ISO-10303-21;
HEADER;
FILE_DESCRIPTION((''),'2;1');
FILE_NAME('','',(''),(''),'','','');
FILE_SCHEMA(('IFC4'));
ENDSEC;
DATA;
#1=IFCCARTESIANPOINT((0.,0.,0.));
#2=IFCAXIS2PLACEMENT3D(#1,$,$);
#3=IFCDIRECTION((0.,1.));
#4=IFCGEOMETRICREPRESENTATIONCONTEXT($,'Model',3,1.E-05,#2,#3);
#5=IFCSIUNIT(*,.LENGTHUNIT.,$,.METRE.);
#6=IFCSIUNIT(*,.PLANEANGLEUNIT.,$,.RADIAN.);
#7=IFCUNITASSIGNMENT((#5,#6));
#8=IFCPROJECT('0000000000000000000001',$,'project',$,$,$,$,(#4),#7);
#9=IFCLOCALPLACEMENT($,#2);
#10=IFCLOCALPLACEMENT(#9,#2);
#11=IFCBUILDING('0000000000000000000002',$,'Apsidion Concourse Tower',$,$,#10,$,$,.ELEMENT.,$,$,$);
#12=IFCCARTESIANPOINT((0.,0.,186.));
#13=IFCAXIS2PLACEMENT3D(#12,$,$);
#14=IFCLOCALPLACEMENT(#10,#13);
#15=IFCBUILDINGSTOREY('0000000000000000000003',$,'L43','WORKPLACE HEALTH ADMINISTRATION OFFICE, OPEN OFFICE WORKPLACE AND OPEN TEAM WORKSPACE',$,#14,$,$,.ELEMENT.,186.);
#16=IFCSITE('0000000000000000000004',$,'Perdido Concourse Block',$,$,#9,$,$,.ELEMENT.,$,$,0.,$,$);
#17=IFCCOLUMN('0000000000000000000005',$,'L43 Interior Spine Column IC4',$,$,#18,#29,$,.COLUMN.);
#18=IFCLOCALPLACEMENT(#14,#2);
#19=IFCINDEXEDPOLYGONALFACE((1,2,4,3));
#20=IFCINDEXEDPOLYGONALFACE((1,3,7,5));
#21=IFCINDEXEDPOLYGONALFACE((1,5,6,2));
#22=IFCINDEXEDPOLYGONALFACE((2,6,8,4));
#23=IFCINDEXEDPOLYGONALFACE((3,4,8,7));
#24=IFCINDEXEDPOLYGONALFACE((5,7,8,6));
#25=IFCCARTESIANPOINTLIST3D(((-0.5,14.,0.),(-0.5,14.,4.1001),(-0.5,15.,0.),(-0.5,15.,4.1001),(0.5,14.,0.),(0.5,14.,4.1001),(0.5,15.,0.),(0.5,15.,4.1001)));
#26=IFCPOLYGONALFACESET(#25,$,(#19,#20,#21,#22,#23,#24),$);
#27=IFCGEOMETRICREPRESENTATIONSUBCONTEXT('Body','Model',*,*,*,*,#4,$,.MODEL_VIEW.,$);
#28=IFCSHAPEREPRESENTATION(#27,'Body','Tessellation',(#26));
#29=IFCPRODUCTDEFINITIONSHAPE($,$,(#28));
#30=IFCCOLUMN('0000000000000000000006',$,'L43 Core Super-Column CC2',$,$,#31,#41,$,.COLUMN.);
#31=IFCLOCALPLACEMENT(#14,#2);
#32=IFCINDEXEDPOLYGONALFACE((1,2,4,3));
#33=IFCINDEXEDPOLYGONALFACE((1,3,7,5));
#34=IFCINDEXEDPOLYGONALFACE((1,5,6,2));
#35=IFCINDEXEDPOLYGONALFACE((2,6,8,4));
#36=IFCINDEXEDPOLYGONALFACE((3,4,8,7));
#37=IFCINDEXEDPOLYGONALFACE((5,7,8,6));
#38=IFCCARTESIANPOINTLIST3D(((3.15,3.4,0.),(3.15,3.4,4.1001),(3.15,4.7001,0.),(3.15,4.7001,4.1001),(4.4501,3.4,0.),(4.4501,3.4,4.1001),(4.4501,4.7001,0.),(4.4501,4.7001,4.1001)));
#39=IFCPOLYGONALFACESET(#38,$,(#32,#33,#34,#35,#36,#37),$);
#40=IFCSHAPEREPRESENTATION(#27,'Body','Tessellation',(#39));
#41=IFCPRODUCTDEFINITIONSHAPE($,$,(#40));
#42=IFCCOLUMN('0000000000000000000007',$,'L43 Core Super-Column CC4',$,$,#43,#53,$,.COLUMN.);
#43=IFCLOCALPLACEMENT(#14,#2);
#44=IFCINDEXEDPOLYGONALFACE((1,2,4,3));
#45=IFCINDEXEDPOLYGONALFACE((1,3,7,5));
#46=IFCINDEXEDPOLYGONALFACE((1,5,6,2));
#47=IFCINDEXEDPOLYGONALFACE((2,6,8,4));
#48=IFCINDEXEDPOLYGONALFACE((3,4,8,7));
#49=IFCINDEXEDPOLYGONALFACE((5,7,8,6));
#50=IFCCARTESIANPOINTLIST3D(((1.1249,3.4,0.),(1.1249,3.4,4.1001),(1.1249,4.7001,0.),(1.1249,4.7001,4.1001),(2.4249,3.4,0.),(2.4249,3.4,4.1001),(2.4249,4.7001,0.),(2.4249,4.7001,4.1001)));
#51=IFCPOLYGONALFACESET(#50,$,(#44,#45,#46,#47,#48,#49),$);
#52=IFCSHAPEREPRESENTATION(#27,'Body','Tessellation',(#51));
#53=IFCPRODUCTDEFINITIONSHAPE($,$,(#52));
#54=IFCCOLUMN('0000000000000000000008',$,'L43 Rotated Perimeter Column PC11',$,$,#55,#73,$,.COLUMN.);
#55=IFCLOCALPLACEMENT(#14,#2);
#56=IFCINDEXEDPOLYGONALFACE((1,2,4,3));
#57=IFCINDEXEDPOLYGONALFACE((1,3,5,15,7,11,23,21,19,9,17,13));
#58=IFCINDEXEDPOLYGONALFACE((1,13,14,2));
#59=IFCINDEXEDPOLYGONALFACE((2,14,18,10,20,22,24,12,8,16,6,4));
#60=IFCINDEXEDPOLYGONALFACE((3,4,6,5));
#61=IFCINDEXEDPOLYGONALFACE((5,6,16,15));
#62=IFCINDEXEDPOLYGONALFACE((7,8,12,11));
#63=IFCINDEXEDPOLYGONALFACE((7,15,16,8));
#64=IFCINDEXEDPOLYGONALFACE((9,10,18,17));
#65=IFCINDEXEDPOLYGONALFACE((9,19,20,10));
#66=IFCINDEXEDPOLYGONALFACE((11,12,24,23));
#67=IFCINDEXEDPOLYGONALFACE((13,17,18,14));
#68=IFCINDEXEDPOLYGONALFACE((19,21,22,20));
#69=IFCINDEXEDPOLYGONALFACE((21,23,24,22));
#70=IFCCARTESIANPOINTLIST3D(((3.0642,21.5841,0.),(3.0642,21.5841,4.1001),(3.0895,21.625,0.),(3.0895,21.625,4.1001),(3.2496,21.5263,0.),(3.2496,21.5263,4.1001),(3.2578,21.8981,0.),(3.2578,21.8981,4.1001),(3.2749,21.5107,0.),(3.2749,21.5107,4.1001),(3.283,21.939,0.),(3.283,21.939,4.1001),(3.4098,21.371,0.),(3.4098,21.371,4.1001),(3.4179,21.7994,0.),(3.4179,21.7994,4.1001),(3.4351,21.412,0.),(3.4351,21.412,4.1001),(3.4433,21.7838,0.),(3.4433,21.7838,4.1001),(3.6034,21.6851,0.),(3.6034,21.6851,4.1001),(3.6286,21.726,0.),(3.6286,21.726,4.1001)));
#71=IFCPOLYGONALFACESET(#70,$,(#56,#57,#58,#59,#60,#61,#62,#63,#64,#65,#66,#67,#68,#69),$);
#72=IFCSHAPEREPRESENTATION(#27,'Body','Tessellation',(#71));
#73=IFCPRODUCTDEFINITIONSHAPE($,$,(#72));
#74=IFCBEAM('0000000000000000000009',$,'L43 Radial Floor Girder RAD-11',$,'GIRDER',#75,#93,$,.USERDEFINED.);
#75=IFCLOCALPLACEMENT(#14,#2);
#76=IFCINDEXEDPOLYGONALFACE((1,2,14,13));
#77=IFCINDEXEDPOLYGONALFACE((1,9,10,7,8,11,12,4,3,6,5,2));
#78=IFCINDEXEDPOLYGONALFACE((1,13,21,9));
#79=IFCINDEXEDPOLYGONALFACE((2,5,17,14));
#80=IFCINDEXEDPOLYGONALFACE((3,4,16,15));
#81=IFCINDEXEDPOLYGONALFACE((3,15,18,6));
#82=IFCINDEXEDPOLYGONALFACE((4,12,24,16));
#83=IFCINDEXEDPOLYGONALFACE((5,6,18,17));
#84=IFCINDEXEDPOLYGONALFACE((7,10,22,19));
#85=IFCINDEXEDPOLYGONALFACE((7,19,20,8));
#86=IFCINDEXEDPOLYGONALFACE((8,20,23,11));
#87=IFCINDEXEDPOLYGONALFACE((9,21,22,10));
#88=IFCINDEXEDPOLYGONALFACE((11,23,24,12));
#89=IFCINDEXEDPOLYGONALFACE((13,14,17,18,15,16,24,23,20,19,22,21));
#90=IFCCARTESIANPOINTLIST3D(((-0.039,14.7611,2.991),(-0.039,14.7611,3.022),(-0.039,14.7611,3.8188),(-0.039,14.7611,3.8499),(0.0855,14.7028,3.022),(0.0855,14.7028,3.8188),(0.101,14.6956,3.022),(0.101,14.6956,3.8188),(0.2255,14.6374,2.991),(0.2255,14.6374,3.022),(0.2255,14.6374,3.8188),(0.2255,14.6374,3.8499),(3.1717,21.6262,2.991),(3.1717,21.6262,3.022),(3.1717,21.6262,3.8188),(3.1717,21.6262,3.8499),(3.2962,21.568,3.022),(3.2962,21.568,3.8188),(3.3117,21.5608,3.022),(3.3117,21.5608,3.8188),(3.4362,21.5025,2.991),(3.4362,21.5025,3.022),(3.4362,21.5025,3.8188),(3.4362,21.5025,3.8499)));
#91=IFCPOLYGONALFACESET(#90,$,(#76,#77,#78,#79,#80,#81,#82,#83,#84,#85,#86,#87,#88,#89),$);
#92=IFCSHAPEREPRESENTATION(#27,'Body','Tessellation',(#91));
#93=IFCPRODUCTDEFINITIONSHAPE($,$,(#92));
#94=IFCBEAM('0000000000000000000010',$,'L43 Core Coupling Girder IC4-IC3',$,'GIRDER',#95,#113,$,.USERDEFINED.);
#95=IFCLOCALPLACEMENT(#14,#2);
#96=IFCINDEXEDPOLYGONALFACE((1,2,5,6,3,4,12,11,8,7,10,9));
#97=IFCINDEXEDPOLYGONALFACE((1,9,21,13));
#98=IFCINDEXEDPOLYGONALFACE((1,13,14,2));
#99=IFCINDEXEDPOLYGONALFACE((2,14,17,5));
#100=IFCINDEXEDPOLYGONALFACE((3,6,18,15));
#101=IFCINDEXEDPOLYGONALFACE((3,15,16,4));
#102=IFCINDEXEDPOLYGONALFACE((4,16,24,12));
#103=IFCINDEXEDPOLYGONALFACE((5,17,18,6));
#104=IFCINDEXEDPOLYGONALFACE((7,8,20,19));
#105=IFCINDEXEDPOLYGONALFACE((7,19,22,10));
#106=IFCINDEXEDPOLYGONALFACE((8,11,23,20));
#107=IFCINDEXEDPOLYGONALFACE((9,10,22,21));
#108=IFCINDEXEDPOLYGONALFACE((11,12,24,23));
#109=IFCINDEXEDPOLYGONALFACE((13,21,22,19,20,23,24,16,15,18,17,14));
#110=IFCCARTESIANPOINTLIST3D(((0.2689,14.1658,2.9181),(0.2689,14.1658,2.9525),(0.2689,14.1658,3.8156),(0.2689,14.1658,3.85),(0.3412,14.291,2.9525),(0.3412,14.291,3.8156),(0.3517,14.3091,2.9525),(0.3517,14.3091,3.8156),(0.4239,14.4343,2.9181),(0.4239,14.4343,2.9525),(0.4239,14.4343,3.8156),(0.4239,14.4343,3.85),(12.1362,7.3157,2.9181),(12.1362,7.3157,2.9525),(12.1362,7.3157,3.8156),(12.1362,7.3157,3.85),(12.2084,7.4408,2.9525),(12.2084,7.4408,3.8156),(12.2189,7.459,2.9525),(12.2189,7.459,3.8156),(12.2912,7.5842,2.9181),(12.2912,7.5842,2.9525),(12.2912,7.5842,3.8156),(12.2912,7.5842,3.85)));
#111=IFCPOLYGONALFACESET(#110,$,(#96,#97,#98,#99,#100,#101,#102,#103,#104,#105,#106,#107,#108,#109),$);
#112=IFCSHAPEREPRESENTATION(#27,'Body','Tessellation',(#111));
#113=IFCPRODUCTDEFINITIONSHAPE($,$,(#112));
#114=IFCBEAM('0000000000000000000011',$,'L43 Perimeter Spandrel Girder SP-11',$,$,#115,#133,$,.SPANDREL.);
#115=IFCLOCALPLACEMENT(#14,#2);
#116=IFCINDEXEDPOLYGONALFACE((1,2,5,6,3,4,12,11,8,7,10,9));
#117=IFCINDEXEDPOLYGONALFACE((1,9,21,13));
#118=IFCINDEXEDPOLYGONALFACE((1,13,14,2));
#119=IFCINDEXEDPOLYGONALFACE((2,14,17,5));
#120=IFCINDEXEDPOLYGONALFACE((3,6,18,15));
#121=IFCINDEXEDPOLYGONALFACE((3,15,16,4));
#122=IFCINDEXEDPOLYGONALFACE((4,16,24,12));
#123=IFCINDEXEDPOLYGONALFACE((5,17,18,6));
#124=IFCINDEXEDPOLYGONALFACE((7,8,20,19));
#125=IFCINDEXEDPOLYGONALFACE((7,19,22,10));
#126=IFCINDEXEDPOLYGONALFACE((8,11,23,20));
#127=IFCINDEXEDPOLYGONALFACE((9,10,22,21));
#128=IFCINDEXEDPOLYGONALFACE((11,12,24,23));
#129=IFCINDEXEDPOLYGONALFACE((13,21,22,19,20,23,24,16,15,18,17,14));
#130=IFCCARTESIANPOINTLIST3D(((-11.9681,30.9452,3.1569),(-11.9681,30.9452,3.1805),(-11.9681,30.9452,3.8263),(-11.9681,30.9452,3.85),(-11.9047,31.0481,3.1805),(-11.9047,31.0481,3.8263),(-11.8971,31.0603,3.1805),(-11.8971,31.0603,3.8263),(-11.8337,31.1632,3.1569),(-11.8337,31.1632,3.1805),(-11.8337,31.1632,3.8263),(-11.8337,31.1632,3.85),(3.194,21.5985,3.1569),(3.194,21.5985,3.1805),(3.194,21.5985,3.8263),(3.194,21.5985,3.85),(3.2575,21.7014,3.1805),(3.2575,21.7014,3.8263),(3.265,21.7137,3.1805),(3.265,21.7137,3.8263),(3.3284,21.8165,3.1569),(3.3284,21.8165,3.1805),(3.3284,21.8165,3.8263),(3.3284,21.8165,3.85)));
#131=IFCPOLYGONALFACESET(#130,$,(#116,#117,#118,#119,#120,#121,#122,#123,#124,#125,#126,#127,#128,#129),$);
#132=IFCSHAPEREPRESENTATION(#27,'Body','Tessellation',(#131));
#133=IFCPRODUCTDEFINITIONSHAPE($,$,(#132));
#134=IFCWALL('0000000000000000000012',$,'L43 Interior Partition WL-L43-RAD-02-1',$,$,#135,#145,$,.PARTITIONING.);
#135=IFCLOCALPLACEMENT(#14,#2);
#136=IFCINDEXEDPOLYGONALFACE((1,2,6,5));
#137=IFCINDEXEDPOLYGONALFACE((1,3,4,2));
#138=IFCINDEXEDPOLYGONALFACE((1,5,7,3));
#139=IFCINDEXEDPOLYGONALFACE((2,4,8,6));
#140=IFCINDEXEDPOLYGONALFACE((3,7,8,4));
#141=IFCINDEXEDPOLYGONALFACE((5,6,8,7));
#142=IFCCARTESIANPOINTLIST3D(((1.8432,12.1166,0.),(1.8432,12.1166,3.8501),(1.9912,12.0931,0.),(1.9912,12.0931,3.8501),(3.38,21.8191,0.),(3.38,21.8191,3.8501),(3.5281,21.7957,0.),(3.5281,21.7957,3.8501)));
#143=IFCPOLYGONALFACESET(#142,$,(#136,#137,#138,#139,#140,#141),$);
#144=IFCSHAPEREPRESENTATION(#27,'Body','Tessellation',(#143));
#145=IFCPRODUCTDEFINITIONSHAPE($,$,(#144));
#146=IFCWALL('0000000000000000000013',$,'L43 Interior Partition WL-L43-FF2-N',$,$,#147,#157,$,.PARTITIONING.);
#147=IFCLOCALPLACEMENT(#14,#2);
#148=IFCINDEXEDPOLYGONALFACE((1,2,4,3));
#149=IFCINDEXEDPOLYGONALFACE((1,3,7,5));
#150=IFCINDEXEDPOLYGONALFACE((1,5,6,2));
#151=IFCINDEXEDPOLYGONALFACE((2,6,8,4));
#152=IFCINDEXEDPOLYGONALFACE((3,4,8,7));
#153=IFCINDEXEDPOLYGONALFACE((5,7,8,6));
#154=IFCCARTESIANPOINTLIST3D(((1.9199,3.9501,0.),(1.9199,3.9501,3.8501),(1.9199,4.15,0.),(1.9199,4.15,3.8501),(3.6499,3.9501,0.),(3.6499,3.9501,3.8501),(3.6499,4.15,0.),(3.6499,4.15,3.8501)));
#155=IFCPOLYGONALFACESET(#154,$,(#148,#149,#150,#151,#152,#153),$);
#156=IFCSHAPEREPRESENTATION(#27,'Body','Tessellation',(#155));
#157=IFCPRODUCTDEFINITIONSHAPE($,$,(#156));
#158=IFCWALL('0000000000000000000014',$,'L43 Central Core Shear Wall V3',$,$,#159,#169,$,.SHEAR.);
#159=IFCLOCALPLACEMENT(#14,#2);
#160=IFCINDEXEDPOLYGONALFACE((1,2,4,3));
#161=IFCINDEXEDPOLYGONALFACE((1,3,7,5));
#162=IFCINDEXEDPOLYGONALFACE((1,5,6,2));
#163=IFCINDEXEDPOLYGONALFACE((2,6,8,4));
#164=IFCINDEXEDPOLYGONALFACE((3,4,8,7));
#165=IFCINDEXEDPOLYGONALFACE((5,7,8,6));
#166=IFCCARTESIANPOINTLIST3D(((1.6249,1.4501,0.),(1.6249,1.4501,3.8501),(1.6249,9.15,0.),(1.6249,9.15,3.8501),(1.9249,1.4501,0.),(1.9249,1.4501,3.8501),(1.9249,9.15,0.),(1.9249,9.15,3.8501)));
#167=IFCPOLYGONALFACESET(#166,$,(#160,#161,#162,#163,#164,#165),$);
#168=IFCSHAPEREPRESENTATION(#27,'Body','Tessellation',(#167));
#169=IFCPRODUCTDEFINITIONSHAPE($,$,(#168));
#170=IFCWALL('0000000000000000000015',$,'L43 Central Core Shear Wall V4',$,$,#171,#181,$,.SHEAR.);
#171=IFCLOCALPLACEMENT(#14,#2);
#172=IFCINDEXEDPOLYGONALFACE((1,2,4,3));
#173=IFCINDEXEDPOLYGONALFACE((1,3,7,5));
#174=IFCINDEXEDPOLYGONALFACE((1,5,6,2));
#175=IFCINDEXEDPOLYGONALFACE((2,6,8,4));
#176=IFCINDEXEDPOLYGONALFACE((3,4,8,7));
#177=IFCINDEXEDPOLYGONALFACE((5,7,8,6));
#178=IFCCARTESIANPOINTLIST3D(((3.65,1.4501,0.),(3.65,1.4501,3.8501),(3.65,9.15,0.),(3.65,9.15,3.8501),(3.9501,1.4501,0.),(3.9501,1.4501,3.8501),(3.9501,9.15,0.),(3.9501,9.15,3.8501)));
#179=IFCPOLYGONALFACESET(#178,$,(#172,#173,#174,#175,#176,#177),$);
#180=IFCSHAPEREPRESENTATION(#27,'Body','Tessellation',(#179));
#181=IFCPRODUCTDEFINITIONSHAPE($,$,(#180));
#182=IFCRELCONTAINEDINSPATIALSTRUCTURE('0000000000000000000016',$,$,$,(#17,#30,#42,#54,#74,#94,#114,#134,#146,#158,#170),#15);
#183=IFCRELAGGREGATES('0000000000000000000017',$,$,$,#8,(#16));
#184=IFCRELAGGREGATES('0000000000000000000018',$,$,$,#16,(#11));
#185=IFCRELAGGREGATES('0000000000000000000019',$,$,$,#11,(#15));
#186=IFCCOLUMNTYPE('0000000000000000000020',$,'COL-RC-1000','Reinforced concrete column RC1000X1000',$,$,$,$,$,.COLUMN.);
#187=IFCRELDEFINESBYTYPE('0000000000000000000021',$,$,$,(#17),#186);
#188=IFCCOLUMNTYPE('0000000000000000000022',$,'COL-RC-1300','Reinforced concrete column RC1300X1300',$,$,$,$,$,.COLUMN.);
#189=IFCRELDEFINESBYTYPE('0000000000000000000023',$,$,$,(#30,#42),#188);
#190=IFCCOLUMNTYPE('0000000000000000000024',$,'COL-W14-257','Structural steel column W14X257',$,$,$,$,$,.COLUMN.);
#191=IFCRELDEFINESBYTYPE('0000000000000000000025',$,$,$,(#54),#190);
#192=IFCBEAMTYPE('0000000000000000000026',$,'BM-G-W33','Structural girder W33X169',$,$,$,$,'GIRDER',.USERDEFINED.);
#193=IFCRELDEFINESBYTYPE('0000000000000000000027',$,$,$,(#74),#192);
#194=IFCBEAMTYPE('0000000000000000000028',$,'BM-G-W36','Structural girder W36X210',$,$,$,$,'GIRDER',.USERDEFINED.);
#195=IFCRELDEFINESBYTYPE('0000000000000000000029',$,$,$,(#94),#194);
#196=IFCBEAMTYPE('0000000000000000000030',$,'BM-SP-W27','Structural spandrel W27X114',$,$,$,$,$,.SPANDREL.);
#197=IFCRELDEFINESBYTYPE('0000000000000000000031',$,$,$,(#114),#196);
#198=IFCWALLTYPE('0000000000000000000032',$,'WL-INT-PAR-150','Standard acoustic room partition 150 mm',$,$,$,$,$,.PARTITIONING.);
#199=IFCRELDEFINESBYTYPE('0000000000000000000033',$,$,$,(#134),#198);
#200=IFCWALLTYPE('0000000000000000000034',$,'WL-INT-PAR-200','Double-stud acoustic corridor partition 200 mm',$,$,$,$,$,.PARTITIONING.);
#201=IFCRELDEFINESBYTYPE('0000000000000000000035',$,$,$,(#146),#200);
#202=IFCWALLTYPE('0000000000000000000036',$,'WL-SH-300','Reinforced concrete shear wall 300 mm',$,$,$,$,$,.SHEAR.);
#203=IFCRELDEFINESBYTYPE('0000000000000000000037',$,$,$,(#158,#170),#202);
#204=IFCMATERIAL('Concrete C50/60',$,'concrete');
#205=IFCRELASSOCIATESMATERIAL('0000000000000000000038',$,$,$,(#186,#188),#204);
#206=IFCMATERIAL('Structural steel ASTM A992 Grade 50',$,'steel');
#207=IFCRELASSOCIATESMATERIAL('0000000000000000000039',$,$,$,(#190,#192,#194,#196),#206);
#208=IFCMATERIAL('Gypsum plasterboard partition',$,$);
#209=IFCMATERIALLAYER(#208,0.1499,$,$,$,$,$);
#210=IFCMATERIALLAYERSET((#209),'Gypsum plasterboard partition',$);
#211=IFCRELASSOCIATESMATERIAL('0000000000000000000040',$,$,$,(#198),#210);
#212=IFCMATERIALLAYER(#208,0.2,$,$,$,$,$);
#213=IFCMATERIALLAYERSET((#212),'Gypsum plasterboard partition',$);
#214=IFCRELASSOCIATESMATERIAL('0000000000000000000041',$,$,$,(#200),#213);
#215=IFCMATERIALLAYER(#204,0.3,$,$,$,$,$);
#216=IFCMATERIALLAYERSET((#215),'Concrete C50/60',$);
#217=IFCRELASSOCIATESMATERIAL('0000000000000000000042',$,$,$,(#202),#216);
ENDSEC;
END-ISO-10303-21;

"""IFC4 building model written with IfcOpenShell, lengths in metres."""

from ifc_helpers import new_model, si_unit, direction, frame, frame_2d, origin, origin_2d, place, context, subcontext, project, spatial, rectangle, i_section, extrude, material, layer, layer_set, material_profile, profile_set, type_object, element, save


model = new_model("IFC4")

# Units and contexts
model_context = context("Model", 3, precision=1e-05, world=origin(), true_north=direction((0.0, 1.0)))
body_context = subcontext(model_context, "Body", "Model", "MODEL_VIEW")
ifc_project = project(units=[si_unit("LENGTHUNIT", "METRE"), si_unit("PLANEANGLEUNIT", "RADIAN")], contexts=[model_context])

# Site, building, storey
site_placement = place(None, origin())
site = spatial("IfcSite", under=ifc_project, at=site_placement, Name="Perdido Concourse Block", CompositionType="ELEMENT", RefElevation=0.0)
building_placement = place(site_placement, origin())
building = spatial("IfcBuilding", under=site, at=building_placement, Name="Apsidion Concourse Tower", CompositionType="ELEMENT")
storey_placement = place(building_placement, frame((0.0, 0.0, 186.0)))
storey = spatial("IfcBuildingStorey", under=building, at=storey_placement, Name="L43", Description="WORKPLACE HEALTH ADMINISTRATION OFFICE, OPEN OFFICE WORKPLACE AND OPEN TEAM WORKSPACE", CompositionType="ELEMENT", Elevation=186.0)

# Columns
ifc_material_1 = material(Name="Concrete C50/60", Category="concrete")
ifc_material_profile_1 = material_profile(ifc_material_1, rectangle(XDim=1.0, YDim=1.0, at=origin_2d()), Name="RC 1000x1000")
ifc_profile_set_1 = profile_set([ifc_material_profile_1], Name="Concrete C50/60")
column_type_1 = type_object("IfcColumnType", Name="COL-RC-1000", Description="Reinforced concrete column RC1000X1000", PredefinedType="COLUMN", material=ifc_profile_set_1)
column_1_placement = place(storey_placement, frame((0.0, 14.5, 0.0), z_axis=(0.0, 0.0, 1.0), x_axis=(1.0, 0.0, 0.0)))
element("IfcColumn", 1, at=column_1_placement, inside=storey, type_object=column_type_1, Name="L43 Interior Spine Column IC4", PredefinedType="COLUMN", context=body_context, shape_type="SweptSolid", body=[
    extrude(rectangle(XDim=1.0, YDim=1.0, at=origin_2d()), origin(), (0.0, 0.0, 1.0), 4.1001),
])
ifc_material_profile_2 = material_profile(ifc_material_1, rectangle(XDim=1.3, YDim=1.3, at=origin_2d()), Name="RC 1300x1300")
ifc_profile_set_2 = profile_set([ifc_material_profile_2], Name="Concrete C50/60")
column_type_2 = type_object("IfcColumnType", Name="COL-RC-1300", Description="Reinforced concrete column RC1300X1300", PredefinedType="COLUMN", material=ifc_profile_set_2)
for number, where, z_axis, x_axis, name in (
    (2, (3.8, 4.05, 0.0), (0.0, 0.0, 1.0), (1.0, 0.0, 0.0), "L43 Core Super-Column CC2"),
    (3, (1.7749, 4.05, 0.0), (0.0, 0.0, 1.0), (1.0, 0.0, 0.0), "L43 Core Super-Column CC4"),
):
    element("IfcColumn", number, at=place(storey_placement, frame(where, z_axis=z_axis, x_axis=x_axis)), inside=storey, type_object=column_type_2, Name=name, PredefinedType="COLUMN", context=body_context, shape_type="SweptSolid", body=[
        extrude(rectangle(XDim=1.3, YDim=1.3, at=origin_2d()), origin(), (0.0, 0.0, 1.0), 4.1001),
    ])
ifc_material_2 = material(Name="Structural steel ASTM A992 Grade 50", Category="steel")
ifc_material_profile_3 = material_profile(ifc_material_2, i_section(OverallWidth=0.406, OverallDepth=0.417, WebThickness=0.0298, FlangeThickness=0.0481, at=origin_2d()), Name="W14X257")
ifc_profile_set_3 = profile_set([ifc_material_profile_3], Name="Structural steel ASTM A992 Grade 50")
column_type_3 = type_object("IfcColumnType", Name="COL-W14-257", Description="Structural steel column W14X257", PredefinedType="COLUMN", material=ifc_profile_set_3)
column_2_placement = place(storey_placement, frame((3.3464, 21.655, 0.0), z_axis=(0.0, 0.0, 1.0), x_axis=(-0.851269, 0.524729, 0.0)))
element("IfcColumn", 4, at=column_2_placement, inside=storey, type_object=column_type_3, Name="L43 Rotated Perimeter Column PC11", PredefinedType="COLUMN", context=body_context, shape_type="SweptSolid", body=[
    extrude(i_section(OverallWidth=0.406, OverallDepth=0.417, WebThickness=0.0298, FlangeThickness=0.0481, at=origin_2d()), origin(), (0.0, 0.0, 1.0), 4.1001),
])

# Beams
ifc_material_profile_4 = material_profile(ifc_material_2, i_section(OverallWidth=0.292, OverallDepth=0.8589, WebThickness=0.0171, FlangeThickness=0.031, at=origin_2d()), Name="W33X169")
ifc_profile_set_4 = profile_set([ifc_material_profile_4], Name="Structural steel ASTM A992 Grade 50")
beam_type_1 = type_object("IfcBeamType", Name="BM-G-W33", Description="Structural girder W33X169", ElementType="GIRDER", PredefinedType="USERDEFINED", material=ifc_profile_set_4)
beam_1_placement = place(storey_placement, frame((0.0933, 14.6992, 3.4204), z_axis=(0.423635, 0.905833, 0.0), x_axis=(-0.905833, 0.423635, 0.0)))
element("IfcBeam", 5, at=beam_1_placement, inside=storey, type_object=beam_type_1, Name="L43 Radial Floor Girder RAD-11", ObjectType="GIRDER", PredefinedType="USERDEFINED", context=body_context, shape_type="SweptSolid", body=[
    extrude(i_section(OverallWidth=0.292, OverallDepth=0.8589, WebThickness=0.0171, FlangeThickness=0.031, at=origin_2d()), origin(), (0.0, 0.0, 1.0), 7.5789),
])
ifc_material_profile_5 = material_profile(ifc_material_2, i_section(OverallWidth=0.3101, OverallDepth=0.9319, WebThickness=0.021, FlangeThickness=0.0344, at=origin_2d()), Name="W36X210")
ifc_profile_set_5 = profile_set([ifc_material_profile_5], Name="Structural steel ASTM A992 Grade 50")
beam_type_2 = type_object("IfcBeamType", Name="BM-G-W36", Description="Structural girder W36X210", ElementType="GIRDER", PredefinedType="USERDEFINED", material=ifc_profile_set_5)
beam_2_placement = place(storey_placement, frame((0.3464, 14.3, 3.384), z_axis=(0.86607, -0.499922, 0.0), x_axis=(0.499922, 0.86607, 0.0)))
element("IfcBeam", 6, at=beam_2_placement, inside=storey, type_object=beam_type_2, Name="L43 Core Coupling Girder IC4-IC3", ObjectType="GIRDER", PredefinedType="USERDEFINED", context=body_context, shape_type="SweptSolid", body=[
    extrude(i_section(OverallWidth=0.3101, OverallDepth=0.9319, WebThickness=0.021, FlangeThickness=0.0344, at=origin_2d()), origin(), (0.0, 0.0, 1.0), 13.7024),
])
ifc_material_profile_6 = material_profile(ifc_material_2, i_section(OverallWidth=0.2561, OverallDepth=0.6931, WebThickness=0.0144, FlangeThickness=0.0237, at=origin_2d()), Name="W27X114")
ifc_profile_set_6 = profile_set([ifc_material_profile_6], Name="Structural steel ASTM A992 Grade 50")
beam_type_3 = type_object("IfcBeamType", Name="BM-SP-W27", Description="Structural spandrel W27X114", PredefinedType="SPANDREL", material=ifc_profile_set_6)
beam_3_placement = place(storey_placement, frame((3.2612, 21.7075, 3.5034), z_axis=(-0.851253, 0.524755, 0.0), x_axis=(-0.524755, -0.851253, 0.0)))
element("IfcBeam", 7, at=beam_3_placement, inside=storey, type_object=beam_type_3, Name="L43 Perimeter Spandrel Girder SP-11", PredefinedType="SPANDREL", context=body_context, shape_type="SweptSolid", body=[
    extrude(i_section(OverallWidth=0.2561, OverallDepth=0.6931, WebThickness=0.0144, FlangeThickness=0.0237, at=origin_2d()), origin(), (0.0, 0.0, 1.0), 17.8115),
])

# Walls
ifc_material_3 = material(Name="Gypsum plasterboard partition")
ifc_layer_1 = layer(ifc_material_3, 0.1499)
ifc_layer_set_1 = layer_set([ifc_layer_1], Name="Gypsum plasterboard partition")
wall_type_1 = type_object("IfcWallType", Name="WL-INT-PAR-150", Description="Standard acoustic room partition 150 mm", PredefinedType="PARTITIONING", material=ifc_layer_set_1)
wall_1_placement = place(storey_placement, frame((1.9172, 12.105, 0.0), z_axis=(0.0, 0.0, 1.0), x_axis=(0.156446, 0.987686, 0.0)))
element("IfcWall", 8, at=wall_1_placement, inside=storey, type_object=wall_type_1, Name="L43 Interior Partition WL-L43-RAD-02-1", PredefinedType="PARTITIONING", context=body_context, shape_type="SweptSolid", body=[
    extrude(rectangle(XDim=9.8235, YDim=0.1499, at=frame_2d((4.9116, 0.0))), origin(), (0.0, 0.0, 1.0), 3.8501),
])
ifc_layer_2 = layer(ifc_material_3, 0.2)
ifc_layer_set_2 = layer_set([ifc_layer_2], Name="Gypsum plasterboard partition")
wall_type_2 = type_object("IfcWallType", Name="WL-INT-PAR-200", Description="Double-stud acoustic corridor partition 200 mm", PredefinedType="PARTITIONING", material=ifc_layer_set_2)
wall_2_placement = place(storey_placement, frame((1.9199, 4.05, 0.0), z_axis=(0.0, 0.0, 1.0), x_axis=(1.0, 0.0, 0.0)))
element("IfcWall", 9, at=wall_2_placement, inside=storey, type_object=wall_type_2, Name="L43 Interior Partition WL-L43-FF2-N", PredefinedType="PARTITIONING", context=body_context, shape_type="SweptSolid", body=[
    extrude(rectangle(XDim=1.73, YDim=0.2, at=frame_2d((0.865, 0.0))), origin(), (0.0, 0.0, 1.0), 3.8501),
])
ifc_layer_3 = layer(ifc_material_1, 0.3)
ifc_layer_set_3 = layer_set([ifc_layer_3], Name="Concrete C50/60")
wall_type_3 = type_object("IfcWallType", Name="WL-SH-300", Description="Reinforced concrete shear wall 300 mm", PredefinedType="SHEAR", material=ifc_layer_set_3)
for number, where, z_axis, x_axis, name in (
    (10, (1.7749, 1.45, 0.0), (0.0, 0.0, 1.0), (0.0, 1.0, 0.0), "L43 Central Core Shear Wall V3"),
    (11, (3.8, 1.45, 0.0), (0.0, 0.0, 1.0), (0.0, 1.0, 0.0), "L43 Central Core Shear Wall V4"),
):
    element("IfcWall", number, at=place(storey_placement, frame(where, z_axis=z_axis, x_axis=x_axis)), inside=storey, type_object=wall_type_3, Name=name, PredefinedType="SHEAR", context=body_context, shape_type="SweptSolid", body=[
        extrude(rectangle(XDim=7.7, YDim=0.3, at=frame_2d((3.8501, 0.0))), origin(), (0.0, 0.0, 1.0), 3.8501),
    ])

save(model, "model.ifc")
